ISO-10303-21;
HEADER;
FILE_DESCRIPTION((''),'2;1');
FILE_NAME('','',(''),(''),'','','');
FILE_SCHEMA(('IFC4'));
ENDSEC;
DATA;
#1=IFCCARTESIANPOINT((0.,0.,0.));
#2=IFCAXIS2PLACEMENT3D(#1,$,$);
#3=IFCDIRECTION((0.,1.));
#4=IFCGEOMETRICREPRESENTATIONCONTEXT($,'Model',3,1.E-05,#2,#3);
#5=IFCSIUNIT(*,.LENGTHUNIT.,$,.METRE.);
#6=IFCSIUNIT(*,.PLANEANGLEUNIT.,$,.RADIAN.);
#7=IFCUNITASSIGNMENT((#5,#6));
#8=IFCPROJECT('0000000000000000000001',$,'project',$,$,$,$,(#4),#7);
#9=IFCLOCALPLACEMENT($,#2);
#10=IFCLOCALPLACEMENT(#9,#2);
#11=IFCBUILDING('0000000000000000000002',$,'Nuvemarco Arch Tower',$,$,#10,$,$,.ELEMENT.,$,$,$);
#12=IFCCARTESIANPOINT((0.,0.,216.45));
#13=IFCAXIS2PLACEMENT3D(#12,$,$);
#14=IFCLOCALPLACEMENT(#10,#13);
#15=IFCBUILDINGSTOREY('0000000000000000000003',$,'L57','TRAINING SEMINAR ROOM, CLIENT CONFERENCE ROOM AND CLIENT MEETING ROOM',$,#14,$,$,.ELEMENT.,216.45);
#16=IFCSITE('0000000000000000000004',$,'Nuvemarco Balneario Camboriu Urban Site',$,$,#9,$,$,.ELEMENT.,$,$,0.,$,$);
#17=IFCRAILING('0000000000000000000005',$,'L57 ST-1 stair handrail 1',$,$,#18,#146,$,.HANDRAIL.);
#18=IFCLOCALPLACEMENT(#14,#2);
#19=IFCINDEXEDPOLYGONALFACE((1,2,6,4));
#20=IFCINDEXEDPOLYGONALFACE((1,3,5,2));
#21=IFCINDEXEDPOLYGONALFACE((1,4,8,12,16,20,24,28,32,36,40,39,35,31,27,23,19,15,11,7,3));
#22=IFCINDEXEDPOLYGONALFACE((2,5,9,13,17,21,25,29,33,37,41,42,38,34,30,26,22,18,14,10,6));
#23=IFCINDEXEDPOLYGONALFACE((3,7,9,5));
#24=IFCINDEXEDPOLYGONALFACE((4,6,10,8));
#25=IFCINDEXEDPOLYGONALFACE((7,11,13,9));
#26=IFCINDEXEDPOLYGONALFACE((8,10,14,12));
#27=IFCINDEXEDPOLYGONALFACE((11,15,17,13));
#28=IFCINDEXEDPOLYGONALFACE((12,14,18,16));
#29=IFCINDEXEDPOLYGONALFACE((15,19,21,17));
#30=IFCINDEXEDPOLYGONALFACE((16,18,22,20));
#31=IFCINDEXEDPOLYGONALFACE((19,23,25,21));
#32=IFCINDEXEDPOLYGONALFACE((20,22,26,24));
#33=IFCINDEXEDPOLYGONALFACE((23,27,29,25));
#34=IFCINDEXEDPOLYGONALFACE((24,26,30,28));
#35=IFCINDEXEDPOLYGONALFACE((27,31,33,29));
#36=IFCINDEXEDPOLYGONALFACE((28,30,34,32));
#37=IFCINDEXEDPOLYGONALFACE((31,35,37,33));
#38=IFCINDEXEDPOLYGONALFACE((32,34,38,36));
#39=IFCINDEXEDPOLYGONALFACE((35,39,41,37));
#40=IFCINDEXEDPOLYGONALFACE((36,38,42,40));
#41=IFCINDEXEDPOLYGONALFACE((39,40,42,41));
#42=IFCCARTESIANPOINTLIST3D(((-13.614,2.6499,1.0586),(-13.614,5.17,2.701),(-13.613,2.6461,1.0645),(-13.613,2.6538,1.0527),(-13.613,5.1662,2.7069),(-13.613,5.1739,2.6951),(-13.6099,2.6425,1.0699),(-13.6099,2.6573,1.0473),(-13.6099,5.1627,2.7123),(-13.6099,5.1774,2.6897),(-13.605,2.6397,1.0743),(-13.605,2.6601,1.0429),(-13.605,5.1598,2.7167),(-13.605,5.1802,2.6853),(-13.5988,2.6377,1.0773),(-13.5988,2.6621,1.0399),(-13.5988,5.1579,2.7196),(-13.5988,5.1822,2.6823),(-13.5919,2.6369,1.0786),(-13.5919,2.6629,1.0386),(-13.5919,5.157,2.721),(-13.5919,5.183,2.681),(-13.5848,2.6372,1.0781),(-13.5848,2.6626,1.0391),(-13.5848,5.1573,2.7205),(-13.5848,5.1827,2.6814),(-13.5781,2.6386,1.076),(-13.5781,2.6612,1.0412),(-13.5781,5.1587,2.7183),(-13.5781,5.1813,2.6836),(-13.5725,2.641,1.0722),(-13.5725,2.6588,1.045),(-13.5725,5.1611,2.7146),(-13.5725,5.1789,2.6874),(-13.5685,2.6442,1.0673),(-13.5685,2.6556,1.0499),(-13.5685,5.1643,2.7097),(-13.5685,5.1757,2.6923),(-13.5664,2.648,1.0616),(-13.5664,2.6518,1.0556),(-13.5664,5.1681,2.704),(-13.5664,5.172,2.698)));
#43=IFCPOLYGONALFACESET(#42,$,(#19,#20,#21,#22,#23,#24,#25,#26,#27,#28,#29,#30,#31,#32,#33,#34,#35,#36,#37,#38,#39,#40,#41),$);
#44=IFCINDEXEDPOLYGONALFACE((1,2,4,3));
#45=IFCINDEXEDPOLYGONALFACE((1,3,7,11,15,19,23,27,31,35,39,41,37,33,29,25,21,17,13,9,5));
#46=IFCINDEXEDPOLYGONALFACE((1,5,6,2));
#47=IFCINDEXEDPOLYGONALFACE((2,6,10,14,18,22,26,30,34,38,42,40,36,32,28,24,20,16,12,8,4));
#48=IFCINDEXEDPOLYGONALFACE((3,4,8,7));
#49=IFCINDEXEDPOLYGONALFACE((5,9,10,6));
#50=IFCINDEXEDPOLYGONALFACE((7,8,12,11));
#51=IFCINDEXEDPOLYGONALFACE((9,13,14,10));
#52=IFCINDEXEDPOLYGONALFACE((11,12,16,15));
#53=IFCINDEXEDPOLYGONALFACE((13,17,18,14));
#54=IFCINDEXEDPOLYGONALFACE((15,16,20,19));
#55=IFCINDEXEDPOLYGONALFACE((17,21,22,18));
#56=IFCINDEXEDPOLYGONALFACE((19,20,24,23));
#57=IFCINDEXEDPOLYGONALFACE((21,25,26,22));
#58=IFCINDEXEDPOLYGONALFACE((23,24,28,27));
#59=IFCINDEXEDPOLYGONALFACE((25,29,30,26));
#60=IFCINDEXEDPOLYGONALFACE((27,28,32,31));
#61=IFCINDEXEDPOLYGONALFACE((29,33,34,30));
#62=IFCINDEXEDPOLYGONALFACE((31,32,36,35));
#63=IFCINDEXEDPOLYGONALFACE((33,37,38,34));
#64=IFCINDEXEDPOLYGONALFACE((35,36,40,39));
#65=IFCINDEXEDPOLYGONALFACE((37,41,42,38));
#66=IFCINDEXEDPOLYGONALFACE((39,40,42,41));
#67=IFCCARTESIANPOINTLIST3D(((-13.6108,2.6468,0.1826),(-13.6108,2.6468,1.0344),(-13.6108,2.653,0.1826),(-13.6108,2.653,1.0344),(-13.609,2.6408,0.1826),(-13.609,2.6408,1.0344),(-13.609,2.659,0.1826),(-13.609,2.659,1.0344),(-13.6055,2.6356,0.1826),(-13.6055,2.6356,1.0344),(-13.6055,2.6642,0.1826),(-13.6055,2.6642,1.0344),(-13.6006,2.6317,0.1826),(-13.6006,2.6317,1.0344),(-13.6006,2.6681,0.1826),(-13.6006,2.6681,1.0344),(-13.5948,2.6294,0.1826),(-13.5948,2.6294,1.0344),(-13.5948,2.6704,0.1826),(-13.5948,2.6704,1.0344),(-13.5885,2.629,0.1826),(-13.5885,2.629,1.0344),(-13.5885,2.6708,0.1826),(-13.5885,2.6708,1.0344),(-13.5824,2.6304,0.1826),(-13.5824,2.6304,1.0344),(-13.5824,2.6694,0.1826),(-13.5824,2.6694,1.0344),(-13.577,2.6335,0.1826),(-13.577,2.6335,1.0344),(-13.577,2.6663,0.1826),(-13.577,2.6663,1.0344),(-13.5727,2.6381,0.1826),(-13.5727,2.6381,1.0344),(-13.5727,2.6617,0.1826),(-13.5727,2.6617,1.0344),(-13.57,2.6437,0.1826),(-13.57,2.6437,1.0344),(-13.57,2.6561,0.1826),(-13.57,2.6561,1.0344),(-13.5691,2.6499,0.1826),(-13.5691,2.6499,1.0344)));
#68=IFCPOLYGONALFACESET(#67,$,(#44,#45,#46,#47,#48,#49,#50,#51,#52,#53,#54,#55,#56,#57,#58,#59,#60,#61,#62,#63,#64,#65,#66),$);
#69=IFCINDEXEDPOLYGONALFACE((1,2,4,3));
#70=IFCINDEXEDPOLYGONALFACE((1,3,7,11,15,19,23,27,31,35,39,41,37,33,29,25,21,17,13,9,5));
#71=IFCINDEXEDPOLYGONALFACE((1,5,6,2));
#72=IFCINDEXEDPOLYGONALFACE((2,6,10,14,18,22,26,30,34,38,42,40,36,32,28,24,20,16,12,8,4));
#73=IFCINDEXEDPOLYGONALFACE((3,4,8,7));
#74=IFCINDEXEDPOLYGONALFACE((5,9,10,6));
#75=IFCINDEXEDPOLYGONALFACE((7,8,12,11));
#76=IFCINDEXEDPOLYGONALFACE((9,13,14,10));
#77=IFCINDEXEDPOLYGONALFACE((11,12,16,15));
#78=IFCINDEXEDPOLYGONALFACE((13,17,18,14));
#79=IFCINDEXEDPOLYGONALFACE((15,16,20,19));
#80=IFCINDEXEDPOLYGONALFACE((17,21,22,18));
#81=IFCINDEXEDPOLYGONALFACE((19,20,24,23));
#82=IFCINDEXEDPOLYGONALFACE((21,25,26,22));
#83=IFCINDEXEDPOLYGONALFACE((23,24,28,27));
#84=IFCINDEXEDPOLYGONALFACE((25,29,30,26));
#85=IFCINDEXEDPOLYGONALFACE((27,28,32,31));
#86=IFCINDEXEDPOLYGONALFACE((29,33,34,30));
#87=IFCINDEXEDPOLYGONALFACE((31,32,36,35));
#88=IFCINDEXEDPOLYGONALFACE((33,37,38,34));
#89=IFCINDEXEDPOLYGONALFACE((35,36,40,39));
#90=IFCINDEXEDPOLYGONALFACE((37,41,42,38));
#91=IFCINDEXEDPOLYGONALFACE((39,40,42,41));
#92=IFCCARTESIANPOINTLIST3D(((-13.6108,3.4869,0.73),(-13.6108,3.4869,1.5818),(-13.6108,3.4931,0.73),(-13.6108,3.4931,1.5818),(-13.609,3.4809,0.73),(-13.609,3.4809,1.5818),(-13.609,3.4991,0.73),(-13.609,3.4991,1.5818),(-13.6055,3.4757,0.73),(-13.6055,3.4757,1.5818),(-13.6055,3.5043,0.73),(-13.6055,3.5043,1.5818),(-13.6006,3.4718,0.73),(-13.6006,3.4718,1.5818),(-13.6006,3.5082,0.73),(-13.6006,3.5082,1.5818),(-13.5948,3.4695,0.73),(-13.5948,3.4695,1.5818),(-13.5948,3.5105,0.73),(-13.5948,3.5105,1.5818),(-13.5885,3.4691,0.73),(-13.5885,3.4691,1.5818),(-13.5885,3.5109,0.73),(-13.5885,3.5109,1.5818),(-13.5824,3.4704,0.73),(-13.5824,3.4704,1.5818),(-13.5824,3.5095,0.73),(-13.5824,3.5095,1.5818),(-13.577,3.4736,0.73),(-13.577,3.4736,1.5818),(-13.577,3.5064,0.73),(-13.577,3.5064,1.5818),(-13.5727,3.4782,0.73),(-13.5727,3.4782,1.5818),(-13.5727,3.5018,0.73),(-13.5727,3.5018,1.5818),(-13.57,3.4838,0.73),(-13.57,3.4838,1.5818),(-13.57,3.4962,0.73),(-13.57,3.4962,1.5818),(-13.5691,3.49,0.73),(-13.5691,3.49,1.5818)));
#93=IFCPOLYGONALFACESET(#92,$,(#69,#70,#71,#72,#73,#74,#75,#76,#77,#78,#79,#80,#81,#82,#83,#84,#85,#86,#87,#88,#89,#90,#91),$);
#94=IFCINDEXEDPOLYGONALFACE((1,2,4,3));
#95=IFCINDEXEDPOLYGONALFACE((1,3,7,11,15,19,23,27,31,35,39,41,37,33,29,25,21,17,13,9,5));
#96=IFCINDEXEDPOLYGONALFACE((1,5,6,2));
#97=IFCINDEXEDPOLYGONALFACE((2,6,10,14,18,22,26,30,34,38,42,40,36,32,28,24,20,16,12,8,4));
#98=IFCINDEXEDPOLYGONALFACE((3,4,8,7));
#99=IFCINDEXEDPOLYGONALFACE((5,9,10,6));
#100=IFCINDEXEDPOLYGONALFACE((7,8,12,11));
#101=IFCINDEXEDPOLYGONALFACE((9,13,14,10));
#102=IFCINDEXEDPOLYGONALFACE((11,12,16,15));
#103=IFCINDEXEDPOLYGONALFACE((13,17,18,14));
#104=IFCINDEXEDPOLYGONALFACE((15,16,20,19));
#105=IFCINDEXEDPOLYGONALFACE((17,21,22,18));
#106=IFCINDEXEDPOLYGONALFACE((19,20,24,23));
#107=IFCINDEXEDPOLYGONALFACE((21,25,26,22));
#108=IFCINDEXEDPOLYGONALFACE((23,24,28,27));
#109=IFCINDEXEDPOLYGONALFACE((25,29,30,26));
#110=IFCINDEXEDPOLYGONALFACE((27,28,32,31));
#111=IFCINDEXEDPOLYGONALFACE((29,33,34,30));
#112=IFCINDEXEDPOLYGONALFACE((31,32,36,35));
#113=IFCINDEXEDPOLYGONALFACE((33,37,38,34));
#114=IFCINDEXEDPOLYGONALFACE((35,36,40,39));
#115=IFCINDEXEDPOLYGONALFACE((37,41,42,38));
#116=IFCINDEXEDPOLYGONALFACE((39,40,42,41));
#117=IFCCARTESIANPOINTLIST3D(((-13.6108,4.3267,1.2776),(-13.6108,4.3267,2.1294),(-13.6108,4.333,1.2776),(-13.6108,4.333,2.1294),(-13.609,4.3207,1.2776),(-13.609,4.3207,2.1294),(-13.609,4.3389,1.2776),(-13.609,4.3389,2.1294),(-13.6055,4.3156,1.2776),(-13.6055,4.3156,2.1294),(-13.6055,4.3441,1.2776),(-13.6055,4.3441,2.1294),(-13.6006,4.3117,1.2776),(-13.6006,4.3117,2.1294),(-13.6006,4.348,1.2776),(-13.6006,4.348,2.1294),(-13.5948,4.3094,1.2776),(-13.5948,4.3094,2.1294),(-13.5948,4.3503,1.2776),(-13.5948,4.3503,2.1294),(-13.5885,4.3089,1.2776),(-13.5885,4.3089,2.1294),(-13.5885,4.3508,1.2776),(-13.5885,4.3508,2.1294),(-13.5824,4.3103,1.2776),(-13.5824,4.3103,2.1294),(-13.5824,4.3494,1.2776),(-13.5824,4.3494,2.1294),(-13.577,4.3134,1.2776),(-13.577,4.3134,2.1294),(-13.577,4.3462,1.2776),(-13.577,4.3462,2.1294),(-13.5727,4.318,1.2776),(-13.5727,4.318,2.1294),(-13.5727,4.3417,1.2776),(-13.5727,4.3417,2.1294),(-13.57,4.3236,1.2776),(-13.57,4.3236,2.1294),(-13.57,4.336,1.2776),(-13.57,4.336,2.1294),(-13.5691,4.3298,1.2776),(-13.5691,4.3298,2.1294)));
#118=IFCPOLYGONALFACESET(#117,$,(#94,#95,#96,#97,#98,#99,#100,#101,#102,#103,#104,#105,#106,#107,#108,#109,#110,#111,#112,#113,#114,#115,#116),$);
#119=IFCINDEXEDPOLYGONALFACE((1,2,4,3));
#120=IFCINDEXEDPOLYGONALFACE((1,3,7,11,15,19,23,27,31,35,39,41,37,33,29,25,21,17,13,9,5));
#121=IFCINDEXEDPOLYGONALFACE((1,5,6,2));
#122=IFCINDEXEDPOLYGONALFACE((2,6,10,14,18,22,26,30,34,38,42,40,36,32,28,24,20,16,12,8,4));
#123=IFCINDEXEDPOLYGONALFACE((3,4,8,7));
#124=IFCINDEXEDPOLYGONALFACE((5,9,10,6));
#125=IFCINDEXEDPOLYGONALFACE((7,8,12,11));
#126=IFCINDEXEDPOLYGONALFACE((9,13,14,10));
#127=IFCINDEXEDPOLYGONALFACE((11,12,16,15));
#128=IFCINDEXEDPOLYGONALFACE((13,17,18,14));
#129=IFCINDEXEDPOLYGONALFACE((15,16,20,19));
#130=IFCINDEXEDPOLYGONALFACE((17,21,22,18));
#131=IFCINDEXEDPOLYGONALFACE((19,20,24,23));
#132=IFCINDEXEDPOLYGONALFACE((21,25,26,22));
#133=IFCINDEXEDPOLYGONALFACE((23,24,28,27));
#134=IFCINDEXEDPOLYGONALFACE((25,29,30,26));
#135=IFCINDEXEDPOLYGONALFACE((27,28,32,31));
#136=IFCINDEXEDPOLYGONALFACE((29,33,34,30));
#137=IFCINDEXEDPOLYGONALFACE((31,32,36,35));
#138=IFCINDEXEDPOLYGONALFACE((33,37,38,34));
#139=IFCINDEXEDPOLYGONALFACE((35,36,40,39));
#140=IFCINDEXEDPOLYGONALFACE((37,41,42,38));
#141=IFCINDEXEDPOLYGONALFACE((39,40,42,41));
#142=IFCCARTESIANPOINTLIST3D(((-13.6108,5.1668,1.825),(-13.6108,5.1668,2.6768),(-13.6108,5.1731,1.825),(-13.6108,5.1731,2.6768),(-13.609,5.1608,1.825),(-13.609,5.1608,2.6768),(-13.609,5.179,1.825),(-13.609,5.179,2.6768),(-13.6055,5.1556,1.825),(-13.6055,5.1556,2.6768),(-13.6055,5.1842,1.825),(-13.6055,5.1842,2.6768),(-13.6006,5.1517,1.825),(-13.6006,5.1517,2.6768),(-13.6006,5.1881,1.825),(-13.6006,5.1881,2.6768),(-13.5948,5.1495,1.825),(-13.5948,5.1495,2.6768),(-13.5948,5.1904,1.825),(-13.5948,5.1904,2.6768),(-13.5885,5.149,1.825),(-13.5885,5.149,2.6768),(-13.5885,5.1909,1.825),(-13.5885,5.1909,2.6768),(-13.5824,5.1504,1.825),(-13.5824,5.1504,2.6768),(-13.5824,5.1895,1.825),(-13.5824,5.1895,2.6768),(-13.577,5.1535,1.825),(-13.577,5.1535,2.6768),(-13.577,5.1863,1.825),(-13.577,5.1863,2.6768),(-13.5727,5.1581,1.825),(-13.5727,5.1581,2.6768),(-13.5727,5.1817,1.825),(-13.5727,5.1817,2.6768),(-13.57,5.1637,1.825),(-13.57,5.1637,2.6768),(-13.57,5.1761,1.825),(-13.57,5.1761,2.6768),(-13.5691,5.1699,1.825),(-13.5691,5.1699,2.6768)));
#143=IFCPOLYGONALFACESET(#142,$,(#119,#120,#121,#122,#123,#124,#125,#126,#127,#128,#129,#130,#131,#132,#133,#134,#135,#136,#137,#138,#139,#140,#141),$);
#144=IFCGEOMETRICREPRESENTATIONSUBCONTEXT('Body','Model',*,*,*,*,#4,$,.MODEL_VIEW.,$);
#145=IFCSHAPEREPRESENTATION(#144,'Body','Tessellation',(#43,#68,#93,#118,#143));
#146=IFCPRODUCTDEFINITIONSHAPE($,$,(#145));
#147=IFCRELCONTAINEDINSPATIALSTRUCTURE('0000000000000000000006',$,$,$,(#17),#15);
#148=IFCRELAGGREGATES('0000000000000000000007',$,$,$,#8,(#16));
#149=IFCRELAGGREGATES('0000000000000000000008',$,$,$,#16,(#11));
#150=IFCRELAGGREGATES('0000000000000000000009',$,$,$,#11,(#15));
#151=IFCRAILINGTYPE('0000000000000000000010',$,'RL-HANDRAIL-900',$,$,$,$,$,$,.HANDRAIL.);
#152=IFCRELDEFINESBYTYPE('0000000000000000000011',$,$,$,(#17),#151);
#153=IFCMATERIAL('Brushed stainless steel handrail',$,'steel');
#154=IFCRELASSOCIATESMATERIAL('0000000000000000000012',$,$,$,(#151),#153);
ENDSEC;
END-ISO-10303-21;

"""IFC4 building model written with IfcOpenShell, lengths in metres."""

from ifc_helpers import new_model, si_unit, direction, frame, origin, origin_2d, place, context, subcontext, project, spatial, circle, extrude, material, type_object, element, save


model = new_model("IFC4")

# Units and contexts
model_context = context("Model", 3, precision=1e-05, world=origin(), true_north=direction((0.0, 1.0)))
body_context = subcontext(model_context, "Body", "Model", "MODEL_VIEW")
ifc_project = project(units=[si_unit("LENGTHUNIT", "METRE"), si_unit("PLANEANGLEUNIT", "RADIAN")], contexts=[model_context])

# Site, building, storey
site_placement = place(None, origin())
site = spatial("IfcSite", under=ifc_project, at=site_placement, Name="Nuvemarco Balneario Camboriu Urban Site", CompositionType="ELEMENT", RefElevation=0.0)
building_placement = place(site_placement, origin())
building = spatial("IfcBuilding", under=site, at=building_placement, Name="Nuvemarco Arch Tower", CompositionType="ELEMENT")
storey_placement = place(building_placement, frame((0.0, 0.0, 216.45)))
storey = spatial("IfcBuildingStorey", under=building, at=storey_placement, Name="L57", Description="TRAINING SEMINAR ROOM, CLIENT CONFERENCE ROOM AND CLIENT MEETING ROOM", CompositionType="ELEMENT", Elevation=216.45)

# Railing
ifc_material_1 = material(Name="Brushed stainless steel handrail", Category="steel")
railing_type_1 = type_object("IfcRailingType", Name="RL-HANDRAIL-900", PredefinedType="HANDRAIL", material=ifc_material_1)
railing_1_placement = place(storey_placement, frame((-13.5901, 2.6499, 0.1826)))
element("IfcRailing", 1, at=railing_1_placement, inside=storey, type_object=railing_type_1, Name="L57 ST-1 stair handrail 1", PredefinedType="HANDRAIL", context=body_context, shape_type="SweptSolid", body=[
    extrude(circle(Radius=0.0239, at=origin_2d()), frame((0.0, 0.0, 0.876), z_axis=(0.0, 0.837787, 0.545998), x_axis=(-1.0, 0.0, 0.0)), (0.0, 0.0, 1.0), 3.0081),
    extrude(circle(Radius=0.021, at=origin_2d()), origin(), (0.0, 0.0, 1.0), 0.8518),
    extrude(circle(Radius=0.021, at=origin_2d()), frame((0.0, 0.8401, 0.5474)), (0.0, 0.0, 1.0), 0.8518),
    extrude(circle(Radius=0.021, at=origin_2d()), frame((0.0, 1.6799, 1.095)), (0.0, 0.0, 1.0), 0.8518),
    extrude(circle(Radius=0.021, at=origin_2d()), frame((0.0, 2.52, 1.6423)), (0.0, 0.0, 1.0), 0.8518),
])

save(model, "model.ifc")
